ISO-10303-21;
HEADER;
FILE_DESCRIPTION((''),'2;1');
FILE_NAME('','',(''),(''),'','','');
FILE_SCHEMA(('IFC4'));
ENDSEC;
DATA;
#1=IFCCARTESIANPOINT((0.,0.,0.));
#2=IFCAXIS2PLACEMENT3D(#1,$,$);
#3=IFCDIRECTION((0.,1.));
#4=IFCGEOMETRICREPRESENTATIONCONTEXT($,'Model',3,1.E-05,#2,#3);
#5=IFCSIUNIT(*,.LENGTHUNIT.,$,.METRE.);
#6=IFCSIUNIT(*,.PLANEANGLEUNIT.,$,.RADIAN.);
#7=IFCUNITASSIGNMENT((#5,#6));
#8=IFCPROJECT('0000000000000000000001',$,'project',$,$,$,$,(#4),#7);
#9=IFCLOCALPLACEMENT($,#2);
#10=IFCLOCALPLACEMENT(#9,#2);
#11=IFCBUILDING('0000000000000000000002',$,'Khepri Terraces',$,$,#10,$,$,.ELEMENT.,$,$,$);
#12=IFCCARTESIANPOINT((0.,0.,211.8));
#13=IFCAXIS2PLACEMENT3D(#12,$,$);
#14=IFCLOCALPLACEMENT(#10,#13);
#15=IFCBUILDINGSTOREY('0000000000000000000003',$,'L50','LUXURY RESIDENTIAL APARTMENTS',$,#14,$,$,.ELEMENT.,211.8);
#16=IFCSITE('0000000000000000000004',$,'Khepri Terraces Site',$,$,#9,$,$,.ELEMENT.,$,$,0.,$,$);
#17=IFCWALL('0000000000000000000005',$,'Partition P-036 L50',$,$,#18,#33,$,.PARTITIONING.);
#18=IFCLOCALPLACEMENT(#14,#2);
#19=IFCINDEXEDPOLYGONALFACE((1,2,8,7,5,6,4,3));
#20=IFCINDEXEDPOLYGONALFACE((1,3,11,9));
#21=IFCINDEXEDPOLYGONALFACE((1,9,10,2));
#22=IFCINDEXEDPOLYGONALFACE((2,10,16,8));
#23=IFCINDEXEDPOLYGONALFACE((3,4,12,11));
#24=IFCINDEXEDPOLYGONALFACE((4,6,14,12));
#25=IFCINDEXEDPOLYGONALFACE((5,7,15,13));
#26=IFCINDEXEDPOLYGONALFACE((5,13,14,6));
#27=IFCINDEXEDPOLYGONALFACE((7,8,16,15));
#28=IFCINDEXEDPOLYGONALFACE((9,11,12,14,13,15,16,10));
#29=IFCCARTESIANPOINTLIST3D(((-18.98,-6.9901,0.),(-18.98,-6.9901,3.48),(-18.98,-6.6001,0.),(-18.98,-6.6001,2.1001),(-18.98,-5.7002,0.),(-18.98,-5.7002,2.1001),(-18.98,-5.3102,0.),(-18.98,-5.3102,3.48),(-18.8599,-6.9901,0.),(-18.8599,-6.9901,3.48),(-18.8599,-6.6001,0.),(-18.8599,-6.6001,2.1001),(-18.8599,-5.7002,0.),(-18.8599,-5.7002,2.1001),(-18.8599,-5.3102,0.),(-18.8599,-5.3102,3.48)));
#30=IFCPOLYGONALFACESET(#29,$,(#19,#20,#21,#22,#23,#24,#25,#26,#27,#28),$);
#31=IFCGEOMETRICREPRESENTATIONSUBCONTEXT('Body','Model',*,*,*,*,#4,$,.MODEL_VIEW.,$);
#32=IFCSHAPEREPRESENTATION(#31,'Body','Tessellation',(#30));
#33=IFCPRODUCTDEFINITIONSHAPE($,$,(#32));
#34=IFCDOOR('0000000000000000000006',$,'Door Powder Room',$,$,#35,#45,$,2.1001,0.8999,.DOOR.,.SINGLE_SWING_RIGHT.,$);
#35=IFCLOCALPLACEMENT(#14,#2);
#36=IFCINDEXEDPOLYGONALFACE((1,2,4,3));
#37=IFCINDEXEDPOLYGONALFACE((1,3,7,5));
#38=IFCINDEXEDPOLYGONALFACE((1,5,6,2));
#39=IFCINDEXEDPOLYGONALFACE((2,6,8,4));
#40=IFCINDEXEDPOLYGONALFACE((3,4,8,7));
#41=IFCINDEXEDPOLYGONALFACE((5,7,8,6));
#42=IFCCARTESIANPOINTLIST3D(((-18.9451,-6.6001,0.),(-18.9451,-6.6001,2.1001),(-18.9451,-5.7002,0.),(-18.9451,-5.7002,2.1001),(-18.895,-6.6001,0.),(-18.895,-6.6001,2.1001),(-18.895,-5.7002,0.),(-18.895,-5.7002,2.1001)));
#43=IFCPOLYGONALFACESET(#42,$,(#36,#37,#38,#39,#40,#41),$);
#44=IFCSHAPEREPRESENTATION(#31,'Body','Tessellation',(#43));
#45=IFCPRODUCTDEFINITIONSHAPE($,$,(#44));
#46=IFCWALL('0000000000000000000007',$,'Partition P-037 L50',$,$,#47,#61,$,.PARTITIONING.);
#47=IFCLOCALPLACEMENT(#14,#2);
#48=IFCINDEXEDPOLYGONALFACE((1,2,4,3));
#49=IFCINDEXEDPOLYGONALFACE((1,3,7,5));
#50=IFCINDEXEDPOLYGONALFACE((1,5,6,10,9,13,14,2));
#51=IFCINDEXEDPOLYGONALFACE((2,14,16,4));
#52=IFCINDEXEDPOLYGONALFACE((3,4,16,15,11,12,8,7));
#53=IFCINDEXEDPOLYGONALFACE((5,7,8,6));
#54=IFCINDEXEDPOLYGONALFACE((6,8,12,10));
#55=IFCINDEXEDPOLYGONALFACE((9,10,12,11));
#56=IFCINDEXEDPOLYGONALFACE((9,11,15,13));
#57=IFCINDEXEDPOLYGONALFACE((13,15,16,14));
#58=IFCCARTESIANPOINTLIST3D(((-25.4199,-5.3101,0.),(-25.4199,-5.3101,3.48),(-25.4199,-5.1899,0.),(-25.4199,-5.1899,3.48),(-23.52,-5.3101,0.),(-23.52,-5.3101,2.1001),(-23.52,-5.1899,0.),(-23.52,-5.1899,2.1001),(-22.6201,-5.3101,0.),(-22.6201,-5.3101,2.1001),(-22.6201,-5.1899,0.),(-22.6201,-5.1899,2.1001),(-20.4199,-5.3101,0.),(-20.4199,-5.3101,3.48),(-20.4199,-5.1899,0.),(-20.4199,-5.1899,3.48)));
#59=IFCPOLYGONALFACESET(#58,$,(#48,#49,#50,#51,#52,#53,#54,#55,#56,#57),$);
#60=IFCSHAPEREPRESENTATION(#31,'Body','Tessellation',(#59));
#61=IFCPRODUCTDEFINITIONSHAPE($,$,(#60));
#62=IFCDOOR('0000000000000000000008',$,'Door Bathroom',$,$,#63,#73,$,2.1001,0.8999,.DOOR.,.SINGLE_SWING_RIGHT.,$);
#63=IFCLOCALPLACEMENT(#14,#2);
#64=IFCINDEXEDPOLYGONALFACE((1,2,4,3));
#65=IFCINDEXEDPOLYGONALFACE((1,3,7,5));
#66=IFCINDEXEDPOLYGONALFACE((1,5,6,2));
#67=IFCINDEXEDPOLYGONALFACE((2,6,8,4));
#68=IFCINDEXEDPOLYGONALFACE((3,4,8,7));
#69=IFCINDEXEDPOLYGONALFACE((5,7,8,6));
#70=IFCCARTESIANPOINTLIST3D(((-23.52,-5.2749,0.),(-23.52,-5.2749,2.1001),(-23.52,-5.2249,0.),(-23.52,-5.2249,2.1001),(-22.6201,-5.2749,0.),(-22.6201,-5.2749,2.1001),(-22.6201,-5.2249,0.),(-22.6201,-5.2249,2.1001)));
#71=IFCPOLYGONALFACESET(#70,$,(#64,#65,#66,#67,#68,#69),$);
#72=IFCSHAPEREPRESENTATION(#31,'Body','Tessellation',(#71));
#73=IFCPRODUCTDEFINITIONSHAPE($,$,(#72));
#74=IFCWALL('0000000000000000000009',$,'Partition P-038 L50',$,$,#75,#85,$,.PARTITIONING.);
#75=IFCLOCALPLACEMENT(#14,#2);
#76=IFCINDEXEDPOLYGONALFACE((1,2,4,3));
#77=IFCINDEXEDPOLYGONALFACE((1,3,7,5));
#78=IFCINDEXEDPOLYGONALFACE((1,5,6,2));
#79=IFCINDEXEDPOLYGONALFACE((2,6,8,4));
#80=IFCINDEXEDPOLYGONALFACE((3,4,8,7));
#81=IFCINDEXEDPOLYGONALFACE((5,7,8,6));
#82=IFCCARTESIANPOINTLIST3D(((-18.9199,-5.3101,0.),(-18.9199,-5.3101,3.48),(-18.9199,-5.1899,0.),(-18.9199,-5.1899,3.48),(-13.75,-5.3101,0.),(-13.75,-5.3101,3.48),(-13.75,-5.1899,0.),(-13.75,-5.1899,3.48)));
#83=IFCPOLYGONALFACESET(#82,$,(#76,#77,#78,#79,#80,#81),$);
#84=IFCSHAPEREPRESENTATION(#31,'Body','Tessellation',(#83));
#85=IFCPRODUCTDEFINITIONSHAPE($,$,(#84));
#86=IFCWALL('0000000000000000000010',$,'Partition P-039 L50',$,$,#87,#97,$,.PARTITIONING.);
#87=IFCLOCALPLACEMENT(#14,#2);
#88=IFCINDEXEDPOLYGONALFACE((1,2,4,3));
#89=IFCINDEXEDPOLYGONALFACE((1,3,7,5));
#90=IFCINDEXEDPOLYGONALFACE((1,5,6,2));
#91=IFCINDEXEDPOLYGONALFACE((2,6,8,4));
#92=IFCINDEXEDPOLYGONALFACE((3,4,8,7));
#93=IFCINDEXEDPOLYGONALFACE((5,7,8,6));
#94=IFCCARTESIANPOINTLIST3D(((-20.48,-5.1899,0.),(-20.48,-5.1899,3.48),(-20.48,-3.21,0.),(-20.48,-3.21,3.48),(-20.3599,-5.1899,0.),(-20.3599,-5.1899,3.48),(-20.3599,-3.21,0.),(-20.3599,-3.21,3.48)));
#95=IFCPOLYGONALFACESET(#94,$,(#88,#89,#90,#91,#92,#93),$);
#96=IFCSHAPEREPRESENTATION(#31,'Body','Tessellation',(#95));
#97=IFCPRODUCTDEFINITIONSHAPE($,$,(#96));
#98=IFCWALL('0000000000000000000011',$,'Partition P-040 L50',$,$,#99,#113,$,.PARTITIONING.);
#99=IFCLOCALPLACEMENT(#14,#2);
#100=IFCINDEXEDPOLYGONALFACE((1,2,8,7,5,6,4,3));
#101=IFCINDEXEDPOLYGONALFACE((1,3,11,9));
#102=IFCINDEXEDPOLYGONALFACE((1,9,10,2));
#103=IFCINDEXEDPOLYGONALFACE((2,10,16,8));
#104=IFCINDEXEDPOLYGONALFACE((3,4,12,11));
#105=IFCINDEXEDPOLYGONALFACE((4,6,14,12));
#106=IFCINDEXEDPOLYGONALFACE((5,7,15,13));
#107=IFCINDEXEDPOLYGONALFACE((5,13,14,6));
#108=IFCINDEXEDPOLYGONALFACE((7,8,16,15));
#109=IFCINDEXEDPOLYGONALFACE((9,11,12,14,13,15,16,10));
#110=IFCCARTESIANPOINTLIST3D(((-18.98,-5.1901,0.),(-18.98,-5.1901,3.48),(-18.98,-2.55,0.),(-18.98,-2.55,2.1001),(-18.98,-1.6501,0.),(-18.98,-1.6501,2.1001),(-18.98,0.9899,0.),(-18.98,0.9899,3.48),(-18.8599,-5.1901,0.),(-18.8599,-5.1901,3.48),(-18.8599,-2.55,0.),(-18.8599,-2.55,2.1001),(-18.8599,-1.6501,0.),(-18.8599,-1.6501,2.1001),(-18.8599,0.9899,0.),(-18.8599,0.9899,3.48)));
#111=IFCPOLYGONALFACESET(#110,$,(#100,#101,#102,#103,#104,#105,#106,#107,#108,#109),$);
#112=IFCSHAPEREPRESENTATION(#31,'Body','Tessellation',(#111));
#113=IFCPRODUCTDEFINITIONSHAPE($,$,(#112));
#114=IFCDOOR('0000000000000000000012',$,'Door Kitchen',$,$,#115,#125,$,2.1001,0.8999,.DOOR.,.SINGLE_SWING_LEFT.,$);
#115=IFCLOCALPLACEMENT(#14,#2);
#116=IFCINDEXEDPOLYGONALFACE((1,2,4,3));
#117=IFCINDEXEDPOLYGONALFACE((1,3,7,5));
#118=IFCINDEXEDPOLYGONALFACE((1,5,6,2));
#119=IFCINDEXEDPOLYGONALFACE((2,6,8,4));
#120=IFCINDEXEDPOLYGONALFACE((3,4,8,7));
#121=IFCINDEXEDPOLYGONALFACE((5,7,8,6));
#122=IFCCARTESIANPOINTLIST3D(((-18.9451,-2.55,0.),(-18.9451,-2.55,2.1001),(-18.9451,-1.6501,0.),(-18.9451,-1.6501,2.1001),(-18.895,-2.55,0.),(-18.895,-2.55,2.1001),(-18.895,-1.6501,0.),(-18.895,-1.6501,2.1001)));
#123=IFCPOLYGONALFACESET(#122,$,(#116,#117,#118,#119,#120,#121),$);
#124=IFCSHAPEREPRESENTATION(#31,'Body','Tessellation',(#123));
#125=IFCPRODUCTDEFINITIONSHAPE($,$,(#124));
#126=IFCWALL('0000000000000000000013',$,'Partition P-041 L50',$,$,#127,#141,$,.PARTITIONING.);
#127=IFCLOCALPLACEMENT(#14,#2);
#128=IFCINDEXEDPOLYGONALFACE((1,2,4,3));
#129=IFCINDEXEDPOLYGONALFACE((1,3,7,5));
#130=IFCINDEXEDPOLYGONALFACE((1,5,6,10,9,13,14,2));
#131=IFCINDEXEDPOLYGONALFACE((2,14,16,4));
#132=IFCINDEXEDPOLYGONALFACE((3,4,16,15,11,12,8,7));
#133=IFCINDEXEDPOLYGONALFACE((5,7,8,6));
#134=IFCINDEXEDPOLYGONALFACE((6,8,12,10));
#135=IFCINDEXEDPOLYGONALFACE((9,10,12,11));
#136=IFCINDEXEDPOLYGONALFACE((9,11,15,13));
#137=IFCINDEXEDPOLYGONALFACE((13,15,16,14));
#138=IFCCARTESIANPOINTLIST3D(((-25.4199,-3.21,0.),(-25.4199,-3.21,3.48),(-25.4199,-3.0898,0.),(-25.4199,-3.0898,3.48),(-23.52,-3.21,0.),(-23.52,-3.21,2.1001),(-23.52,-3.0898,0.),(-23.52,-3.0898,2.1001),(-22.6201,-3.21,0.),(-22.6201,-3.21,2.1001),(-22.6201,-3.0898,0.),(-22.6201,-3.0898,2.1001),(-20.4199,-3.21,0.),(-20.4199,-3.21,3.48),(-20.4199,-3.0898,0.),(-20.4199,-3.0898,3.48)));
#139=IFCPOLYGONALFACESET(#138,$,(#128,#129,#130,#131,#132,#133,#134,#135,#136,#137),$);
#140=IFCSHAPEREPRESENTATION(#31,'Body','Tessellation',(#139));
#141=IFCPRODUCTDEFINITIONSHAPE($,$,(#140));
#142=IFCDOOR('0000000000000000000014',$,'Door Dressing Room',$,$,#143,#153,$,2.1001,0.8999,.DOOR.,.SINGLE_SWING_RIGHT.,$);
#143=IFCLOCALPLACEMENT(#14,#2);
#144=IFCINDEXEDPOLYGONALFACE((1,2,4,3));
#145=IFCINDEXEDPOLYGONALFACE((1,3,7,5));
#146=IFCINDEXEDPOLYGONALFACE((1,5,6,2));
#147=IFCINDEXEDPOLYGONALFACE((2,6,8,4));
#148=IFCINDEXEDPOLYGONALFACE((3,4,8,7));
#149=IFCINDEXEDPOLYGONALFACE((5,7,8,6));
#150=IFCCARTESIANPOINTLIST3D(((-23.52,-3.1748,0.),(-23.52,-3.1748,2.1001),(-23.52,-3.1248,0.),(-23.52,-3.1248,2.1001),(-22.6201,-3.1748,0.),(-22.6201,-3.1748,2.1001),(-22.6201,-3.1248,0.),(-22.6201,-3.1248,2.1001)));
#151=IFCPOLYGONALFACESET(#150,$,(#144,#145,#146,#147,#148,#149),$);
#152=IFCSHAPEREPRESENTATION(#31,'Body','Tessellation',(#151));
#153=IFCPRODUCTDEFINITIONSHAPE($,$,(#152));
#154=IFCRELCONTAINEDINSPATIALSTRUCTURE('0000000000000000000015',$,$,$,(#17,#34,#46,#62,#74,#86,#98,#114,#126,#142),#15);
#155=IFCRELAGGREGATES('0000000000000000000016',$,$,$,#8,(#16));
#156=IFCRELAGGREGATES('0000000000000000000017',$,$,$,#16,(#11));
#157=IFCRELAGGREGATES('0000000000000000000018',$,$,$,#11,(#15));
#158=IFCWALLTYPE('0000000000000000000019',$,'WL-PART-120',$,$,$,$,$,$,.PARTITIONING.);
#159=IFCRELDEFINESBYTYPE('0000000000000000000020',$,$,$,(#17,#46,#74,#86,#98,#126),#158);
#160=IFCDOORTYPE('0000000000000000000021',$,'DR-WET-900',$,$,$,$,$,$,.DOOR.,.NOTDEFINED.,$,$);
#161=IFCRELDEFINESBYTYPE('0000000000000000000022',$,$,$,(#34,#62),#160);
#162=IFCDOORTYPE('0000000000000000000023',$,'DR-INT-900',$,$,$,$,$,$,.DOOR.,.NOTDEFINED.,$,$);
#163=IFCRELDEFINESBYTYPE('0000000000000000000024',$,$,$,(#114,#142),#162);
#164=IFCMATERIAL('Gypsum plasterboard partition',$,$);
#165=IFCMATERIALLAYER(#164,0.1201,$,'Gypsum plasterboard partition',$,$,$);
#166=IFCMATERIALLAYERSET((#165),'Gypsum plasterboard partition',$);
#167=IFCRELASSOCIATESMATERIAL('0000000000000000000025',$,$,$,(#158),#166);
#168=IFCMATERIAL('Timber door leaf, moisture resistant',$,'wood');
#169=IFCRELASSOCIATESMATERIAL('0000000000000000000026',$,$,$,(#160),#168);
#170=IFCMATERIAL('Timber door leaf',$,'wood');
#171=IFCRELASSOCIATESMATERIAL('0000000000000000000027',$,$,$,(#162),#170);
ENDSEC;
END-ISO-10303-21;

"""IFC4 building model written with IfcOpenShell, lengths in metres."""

from ifc_helpers import new_model, si_unit, direction, frame, frame_2d, origin, place, context, subcontext, project, spatial, rectangle, extrude, material, layer, layer_set, type_object, element, fill, save


model = new_model("IFC4")

# Units and contexts
model_context = context("Model", 3, precision=1e-05, world=origin(), true_north=direction((0.0, 1.0)))
body_context = subcontext(model_context, "Body", "Model", "MODEL_VIEW")
ifc_project = project(units=[si_unit("LENGTHUNIT", "METRE"), si_unit("PLANEANGLEUNIT", "RADIAN")], contexts=[model_context])

# Site, building, storey
site_placement = place(None, origin())
site = spatial("IfcSite", under=ifc_project, at=site_placement, Name="Khepri Terraces Site", CompositionType="ELEMENT", RefElevation=0.0)
building_placement = place(site_placement, origin())
building = spatial("IfcBuilding", under=site, at=building_placement, Name="Khepri Terraces", CompositionType="ELEMENT")
storey_placement = place(building_placement, frame((0.0, 0.0, 211.8)))
storey = spatial("IfcBuildingStorey", under=building, at=storey_placement, Name="L50", Description="LUXURY RESIDENTIAL APARTMENTS", CompositionType="ELEMENT", Elevation=211.8)

# Shared definitions
ifc_material_1 = material(Name="Gypsum plasterboard partition")
ifc_layer_1 = layer(ifc_material_1, 0.1201, Name="Gypsum plasterboard partition")
ifc_layer_set_1 = layer_set([ifc_layer_1], Name="Gypsum plasterboard partition")
wall_type_1 = type_object("IfcWallType", Name="WL-PART-120", PredefinedType="PARTITIONING", material=ifc_layer_set_1)

# Walls, openings, doors
wall_1_placement = place(storey_placement, frame((-18.9199, -6.99, 0.0), z_axis=(0.0, 0.0, 1.0), x_axis=(0.0, 1.0, 0.0)))
wall_1 = element("IfcWall", 1, at=wall_1_placement, inside=storey, type_object=wall_type_1, Name="Partition P-036 L50", PredefinedType="PARTITIONING", context=body_context, shape_type="SweptSolid", body=[
    extrude(rectangle(XDim=1.6799, YDim=0.1201, at=frame_2d((0.8398, 0.0))), origin(), (0.0, 0.0, 1.0), 3.48),
])
opening_1_placement = place(wall_1_placement, frame((0.3899, 0.0, 0.0)))
opening_1 = element("IfcOpeningElement", 2, at=opening_1_placement, cuts=wall_1, PredefinedType="OPENING", context=body_context, shape_type="SweptSolid", body=[
    extrude(rectangle(XDim=0.8999, YDim=2.1001, at=frame_2d((0.45, 1.05))), frame((0.0, 0.0701, 0.0), z_axis=(0.0, -1.0, 0.0), x_axis=(1.0, 0.0, 0.0)), (0.0, 0.0, 1.0), 0.1401),
])
ifc_material_2 = material(Name="Timber door leaf, moisture resistant", Category="wood")
door_type_1 = type_object("IfcDoorType", Name="DR-WET-900", OperationType="NOTDEFINED", PredefinedType="DOOR", material=ifc_material_2)
door_1_placement = place(opening_1_placement, frame((0.8999, 0.0, 0.0), z_axis=(0.0, 0.0, 1.0), x_axis=(-1.0, 0.0, 0.0)))
door_1 = element("IfcDoor", 3, at=door_1_placement, inside=storey, type_object=door_type_1, Name="Door Powder Room", OperationType="SINGLE_SWING_RIGHT", OverallHeight=2.1001, OverallWidth=0.8999, PredefinedType="DOOR", context=body_context, shape_type="SweptSolid", body=[
    extrude(rectangle(XDim=0.8999, YDim=2.1001, at=frame_2d((0.45, 1.05))), frame((0.0, 0.0249, 0.0), z_axis=(0.0, -1.0, 0.0), x_axis=(1.0, 0.0, 0.0)), (0.0, 0.0, 1.0), 0.05),
])
fill(opening_1, door_1)
wall_2_placement = place(storey_placement, frame((-25.4199, -5.25, 0.0), z_axis=(0.0, 0.0, 1.0), x_axis=(1.0, 0.0, 0.0)))
wall_2 = element("IfcWall", 4, at=wall_2_placement, inside=storey, type_object=wall_type_1, Name="Partition P-037 L50", PredefinedType="PARTITIONING", context=body_context, shape_type="SweptSolid", body=[
    extrude(rectangle(XDim=5.0, YDim=0.1201, at=frame_2d((2.5, 0.0))), origin(), (0.0, 0.0, 1.0), 3.48),
])
opening_2_placement = place(wall_2_placement, frame((1.8999, 0.0, 0.0)))
opening_2 = element("IfcOpeningElement", 5, at=opening_2_placement, cuts=wall_2, PredefinedType="OPENING", context=body_context, shape_type="SweptSolid", body=[
    extrude(rectangle(XDim=0.8999, YDim=2.1001, at=frame_2d((0.45, 1.05))), frame((0.0, 0.0701, 0.0), z_axis=(0.0, -1.0, 0.0), x_axis=(1.0, 0.0, 0.0)), (0.0, 0.0, 1.0), 0.1401),
])
door_2_placement = place(opening_2_placement, frame((0.8999, 0.0, 0.0), z_axis=(0.0, 0.0, 1.0), x_axis=(-1.0, 0.0, 0.0)))
door_2 = element("IfcDoor", 6, at=door_2_placement, inside=storey, type_object=door_type_1, Name="Door Bathroom", OperationType="SINGLE_SWING_RIGHT", OverallHeight=2.1001, OverallWidth=0.8999, PredefinedType="DOOR", context=body_context, shape_type="SweptSolid", body=[
    extrude(rectangle(XDim=0.8999, YDim=2.1001, at=frame_2d((0.45, 1.05))), frame((0.0, 0.0249, 0.0), z_axis=(0.0, -1.0, 0.0), x_axis=(1.0, 0.0, 0.0)), (0.0, 0.0, 1.0), 0.05),
])
fill(opening_2, door_2)

# Walls
wall_3_placement = place(storey_placement, frame((-18.9199, -5.25, 0.0), z_axis=(0.0, 0.0, 1.0), x_axis=(1.0, 0.0, 0.0)))
element("IfcWall", 7, at=wall_3_placement, inside=storey, type_object=wall_type_1, Name="Partition P-038 L50", PredefinedType="PARTITIONING", context=body_context, shape_type="SweptSolid", body=[
    extrude(rectangle(XDim=5.1699, YDim=0.1201, at=frame_2d((2.585, 0.0))), origin(), (0.0, 0.0, 1.0), 3.48),
])
wall_4_placement = place(storey_placement, frame((-20.4199, -5.1899, 0.0), z_axis=(0.0, 0.0, 1.0), x_axis=(0.0, 1.0, 0.0)))
element("IfcWall", 8, at=wall_4_placement, inside=storey, type_object=wall_type_1, Name="Partition P-039 L50", PredefinedType="PARTITIONING", context=body_context, shape_type="SweptSolid", body=[
    extrude(rectangle(XDim=1.98, YDim=0.1201, at=frame_2d((0.99, 0.0))), origin(), (0.0, 0.0, 1.0), 3.48),
])

# Walls, openings, doors
wall_5_placement = place(storey_placement, frame((-18.9199, -5.1899, 0.0), z_axis=(0.0, 0.0, 1.0), x_axis=(0.0, 1.0, 0.0)))
wall_5 = element("IfcWall", 9, at=wall_5_placement, inside=storey, type_object=wall_type_1, Name="Partition P-040 L50", PredefinedType="PARTITIONING", context=body_context, shape_type="SweptSolid", body=[
    extrude(rectangle(XDim=6.1799, YDim=0.1201, at=frame_2d((3.0898, 0.0))), origin(), (0.0, 0.0, 1.0), 3.48),
])
opening_3_placement = place(wall_5_placement, frame((2.6399, 0.0, 0.0)))
opening_3 = element("IfcOpeningElement", 10, at=opening_3_placement, cuts=wall_5, PredefinedType="OPENING", context=body_context, shape_type="SweptSolid", body=[
    extrude(rectangle(XDim=0.8999, YDim=2.1001, at=frame_2d((0.45, 1.05))), frame((0.0, 0.0701, 0.0), z_axis=(0.0, -1.0, 0.0), x_axis=(1.0, 0.0, 0.0)), (0.0, 0.0, 1.0), 0.1401),
])
ifc_material_3 = material(Name="Timber door leaf", Category="wood")
door_type_2 = type_object("IfcDoorType", Name="DR-INT-900", OperationType="NOTDEFINED", PredefinedType="DOOR", material=ifc_material_3)
door_3_placement = place(opening_3_placement, frame((0.8999, 0.0, 0.0), z_axis=(0.0, 0.0, 1.0), x_axis=(-1.0, 0.0, 0.0)))
door_3 = element("IfcDoor", 11, at=door_3_placement, inside=storey, type_object=door_type_2, Name="Door Kitchen", OperationType="SINGLE_SWING_LEFT", OverallHeight=2.1001, OverallWidth=0.8999, PredefinedType="DOOR", context=body_context, shape_type="SweptSolid", body=[
    extrude(rectangle(XDim=0.8999, YDim=2.1001, at=frame_2d((0.45, 1.05))), frame((0.0, 0.0249, 0.0), z_axis=(0.0, -1.0, 0.0), x_axis=(1.0, 0.0, 0.0)), (0.0, 0.0, 1.0), 0.05),
])
fill(opening_3, door_3)
wall_6_placement = place(storey_placement, frame((-25.4199, -3.1499, 0.0), z_axis=(0.0, 0.0, 1.0), x_axis=(1.0, 0.0, 0.0)))
wall_6 = element("IfcWall", 12, at=wall_6_placement, inside=storey, type_object=wall_type_1, Name="Partition P-041 L50", PredefinedType="PARTITIONING", context=body_context, shape_type="SweptSolid", body=[
    extrude(rectangle(XDim=5.0, YDim=0.1201, at=frame_2d((2.5, 0.0))), origin(), (0.0, 0.0, 1.0), 3.48),
])
opening_4_placement = place(wall_6_placement, frame((1.8999, 0.0, 0.0)))
opening_4 = element("IfcOpeningElement", 13, at=opening_4_placement, cuts=wall_6, PredefinedType="OPENING", context=body_context, shape_type="SweptSolid", body=[
    extrude(rectangle(XDim=0.8999, YDim=2.1001, at=frame_2d((0.45, 1.05))), frame((0.0, 0.0701, 0.0), z_axis=(0.0, -1.0, 0.0), x_axis=(1.0, 0.0, 0.0)), (0.0, 0.0, 1.0), 0.1401),
])
door_4_placement = place(opening_4_placement, frame((0.8999, 0.0, 0.0), z_axis=(0.0, 0.0, 1.0), x_axis=(-1.0, 0.0, 0.0)))
door_4 = element("IfcDoor", 14, at=door_4_placement, inside=storey, type_object=door_type_2, Name="Door Dressing Room", OperationType="SINGLE_SWING_RIGHT", OverallHeight=2.1001, OverallWidth=0.8999, PredefinedType="DOOR", context=body_context, shape_type="SweptSolid", body=[
    extrude(rectangle(XDim=0.8999, YDim=2.1001, at=frame_2d((0.45, 1.05))), frame((0.0, 0.0249, 0.0), z_axis=(0.0, -1.0, 0.0), x_axis=(1.0, 0.0, 0.0)), (0.0, 0.0, 1.0), 0.05),
])
fill(opening_4, door_4)

save(model, "model.ifc")
